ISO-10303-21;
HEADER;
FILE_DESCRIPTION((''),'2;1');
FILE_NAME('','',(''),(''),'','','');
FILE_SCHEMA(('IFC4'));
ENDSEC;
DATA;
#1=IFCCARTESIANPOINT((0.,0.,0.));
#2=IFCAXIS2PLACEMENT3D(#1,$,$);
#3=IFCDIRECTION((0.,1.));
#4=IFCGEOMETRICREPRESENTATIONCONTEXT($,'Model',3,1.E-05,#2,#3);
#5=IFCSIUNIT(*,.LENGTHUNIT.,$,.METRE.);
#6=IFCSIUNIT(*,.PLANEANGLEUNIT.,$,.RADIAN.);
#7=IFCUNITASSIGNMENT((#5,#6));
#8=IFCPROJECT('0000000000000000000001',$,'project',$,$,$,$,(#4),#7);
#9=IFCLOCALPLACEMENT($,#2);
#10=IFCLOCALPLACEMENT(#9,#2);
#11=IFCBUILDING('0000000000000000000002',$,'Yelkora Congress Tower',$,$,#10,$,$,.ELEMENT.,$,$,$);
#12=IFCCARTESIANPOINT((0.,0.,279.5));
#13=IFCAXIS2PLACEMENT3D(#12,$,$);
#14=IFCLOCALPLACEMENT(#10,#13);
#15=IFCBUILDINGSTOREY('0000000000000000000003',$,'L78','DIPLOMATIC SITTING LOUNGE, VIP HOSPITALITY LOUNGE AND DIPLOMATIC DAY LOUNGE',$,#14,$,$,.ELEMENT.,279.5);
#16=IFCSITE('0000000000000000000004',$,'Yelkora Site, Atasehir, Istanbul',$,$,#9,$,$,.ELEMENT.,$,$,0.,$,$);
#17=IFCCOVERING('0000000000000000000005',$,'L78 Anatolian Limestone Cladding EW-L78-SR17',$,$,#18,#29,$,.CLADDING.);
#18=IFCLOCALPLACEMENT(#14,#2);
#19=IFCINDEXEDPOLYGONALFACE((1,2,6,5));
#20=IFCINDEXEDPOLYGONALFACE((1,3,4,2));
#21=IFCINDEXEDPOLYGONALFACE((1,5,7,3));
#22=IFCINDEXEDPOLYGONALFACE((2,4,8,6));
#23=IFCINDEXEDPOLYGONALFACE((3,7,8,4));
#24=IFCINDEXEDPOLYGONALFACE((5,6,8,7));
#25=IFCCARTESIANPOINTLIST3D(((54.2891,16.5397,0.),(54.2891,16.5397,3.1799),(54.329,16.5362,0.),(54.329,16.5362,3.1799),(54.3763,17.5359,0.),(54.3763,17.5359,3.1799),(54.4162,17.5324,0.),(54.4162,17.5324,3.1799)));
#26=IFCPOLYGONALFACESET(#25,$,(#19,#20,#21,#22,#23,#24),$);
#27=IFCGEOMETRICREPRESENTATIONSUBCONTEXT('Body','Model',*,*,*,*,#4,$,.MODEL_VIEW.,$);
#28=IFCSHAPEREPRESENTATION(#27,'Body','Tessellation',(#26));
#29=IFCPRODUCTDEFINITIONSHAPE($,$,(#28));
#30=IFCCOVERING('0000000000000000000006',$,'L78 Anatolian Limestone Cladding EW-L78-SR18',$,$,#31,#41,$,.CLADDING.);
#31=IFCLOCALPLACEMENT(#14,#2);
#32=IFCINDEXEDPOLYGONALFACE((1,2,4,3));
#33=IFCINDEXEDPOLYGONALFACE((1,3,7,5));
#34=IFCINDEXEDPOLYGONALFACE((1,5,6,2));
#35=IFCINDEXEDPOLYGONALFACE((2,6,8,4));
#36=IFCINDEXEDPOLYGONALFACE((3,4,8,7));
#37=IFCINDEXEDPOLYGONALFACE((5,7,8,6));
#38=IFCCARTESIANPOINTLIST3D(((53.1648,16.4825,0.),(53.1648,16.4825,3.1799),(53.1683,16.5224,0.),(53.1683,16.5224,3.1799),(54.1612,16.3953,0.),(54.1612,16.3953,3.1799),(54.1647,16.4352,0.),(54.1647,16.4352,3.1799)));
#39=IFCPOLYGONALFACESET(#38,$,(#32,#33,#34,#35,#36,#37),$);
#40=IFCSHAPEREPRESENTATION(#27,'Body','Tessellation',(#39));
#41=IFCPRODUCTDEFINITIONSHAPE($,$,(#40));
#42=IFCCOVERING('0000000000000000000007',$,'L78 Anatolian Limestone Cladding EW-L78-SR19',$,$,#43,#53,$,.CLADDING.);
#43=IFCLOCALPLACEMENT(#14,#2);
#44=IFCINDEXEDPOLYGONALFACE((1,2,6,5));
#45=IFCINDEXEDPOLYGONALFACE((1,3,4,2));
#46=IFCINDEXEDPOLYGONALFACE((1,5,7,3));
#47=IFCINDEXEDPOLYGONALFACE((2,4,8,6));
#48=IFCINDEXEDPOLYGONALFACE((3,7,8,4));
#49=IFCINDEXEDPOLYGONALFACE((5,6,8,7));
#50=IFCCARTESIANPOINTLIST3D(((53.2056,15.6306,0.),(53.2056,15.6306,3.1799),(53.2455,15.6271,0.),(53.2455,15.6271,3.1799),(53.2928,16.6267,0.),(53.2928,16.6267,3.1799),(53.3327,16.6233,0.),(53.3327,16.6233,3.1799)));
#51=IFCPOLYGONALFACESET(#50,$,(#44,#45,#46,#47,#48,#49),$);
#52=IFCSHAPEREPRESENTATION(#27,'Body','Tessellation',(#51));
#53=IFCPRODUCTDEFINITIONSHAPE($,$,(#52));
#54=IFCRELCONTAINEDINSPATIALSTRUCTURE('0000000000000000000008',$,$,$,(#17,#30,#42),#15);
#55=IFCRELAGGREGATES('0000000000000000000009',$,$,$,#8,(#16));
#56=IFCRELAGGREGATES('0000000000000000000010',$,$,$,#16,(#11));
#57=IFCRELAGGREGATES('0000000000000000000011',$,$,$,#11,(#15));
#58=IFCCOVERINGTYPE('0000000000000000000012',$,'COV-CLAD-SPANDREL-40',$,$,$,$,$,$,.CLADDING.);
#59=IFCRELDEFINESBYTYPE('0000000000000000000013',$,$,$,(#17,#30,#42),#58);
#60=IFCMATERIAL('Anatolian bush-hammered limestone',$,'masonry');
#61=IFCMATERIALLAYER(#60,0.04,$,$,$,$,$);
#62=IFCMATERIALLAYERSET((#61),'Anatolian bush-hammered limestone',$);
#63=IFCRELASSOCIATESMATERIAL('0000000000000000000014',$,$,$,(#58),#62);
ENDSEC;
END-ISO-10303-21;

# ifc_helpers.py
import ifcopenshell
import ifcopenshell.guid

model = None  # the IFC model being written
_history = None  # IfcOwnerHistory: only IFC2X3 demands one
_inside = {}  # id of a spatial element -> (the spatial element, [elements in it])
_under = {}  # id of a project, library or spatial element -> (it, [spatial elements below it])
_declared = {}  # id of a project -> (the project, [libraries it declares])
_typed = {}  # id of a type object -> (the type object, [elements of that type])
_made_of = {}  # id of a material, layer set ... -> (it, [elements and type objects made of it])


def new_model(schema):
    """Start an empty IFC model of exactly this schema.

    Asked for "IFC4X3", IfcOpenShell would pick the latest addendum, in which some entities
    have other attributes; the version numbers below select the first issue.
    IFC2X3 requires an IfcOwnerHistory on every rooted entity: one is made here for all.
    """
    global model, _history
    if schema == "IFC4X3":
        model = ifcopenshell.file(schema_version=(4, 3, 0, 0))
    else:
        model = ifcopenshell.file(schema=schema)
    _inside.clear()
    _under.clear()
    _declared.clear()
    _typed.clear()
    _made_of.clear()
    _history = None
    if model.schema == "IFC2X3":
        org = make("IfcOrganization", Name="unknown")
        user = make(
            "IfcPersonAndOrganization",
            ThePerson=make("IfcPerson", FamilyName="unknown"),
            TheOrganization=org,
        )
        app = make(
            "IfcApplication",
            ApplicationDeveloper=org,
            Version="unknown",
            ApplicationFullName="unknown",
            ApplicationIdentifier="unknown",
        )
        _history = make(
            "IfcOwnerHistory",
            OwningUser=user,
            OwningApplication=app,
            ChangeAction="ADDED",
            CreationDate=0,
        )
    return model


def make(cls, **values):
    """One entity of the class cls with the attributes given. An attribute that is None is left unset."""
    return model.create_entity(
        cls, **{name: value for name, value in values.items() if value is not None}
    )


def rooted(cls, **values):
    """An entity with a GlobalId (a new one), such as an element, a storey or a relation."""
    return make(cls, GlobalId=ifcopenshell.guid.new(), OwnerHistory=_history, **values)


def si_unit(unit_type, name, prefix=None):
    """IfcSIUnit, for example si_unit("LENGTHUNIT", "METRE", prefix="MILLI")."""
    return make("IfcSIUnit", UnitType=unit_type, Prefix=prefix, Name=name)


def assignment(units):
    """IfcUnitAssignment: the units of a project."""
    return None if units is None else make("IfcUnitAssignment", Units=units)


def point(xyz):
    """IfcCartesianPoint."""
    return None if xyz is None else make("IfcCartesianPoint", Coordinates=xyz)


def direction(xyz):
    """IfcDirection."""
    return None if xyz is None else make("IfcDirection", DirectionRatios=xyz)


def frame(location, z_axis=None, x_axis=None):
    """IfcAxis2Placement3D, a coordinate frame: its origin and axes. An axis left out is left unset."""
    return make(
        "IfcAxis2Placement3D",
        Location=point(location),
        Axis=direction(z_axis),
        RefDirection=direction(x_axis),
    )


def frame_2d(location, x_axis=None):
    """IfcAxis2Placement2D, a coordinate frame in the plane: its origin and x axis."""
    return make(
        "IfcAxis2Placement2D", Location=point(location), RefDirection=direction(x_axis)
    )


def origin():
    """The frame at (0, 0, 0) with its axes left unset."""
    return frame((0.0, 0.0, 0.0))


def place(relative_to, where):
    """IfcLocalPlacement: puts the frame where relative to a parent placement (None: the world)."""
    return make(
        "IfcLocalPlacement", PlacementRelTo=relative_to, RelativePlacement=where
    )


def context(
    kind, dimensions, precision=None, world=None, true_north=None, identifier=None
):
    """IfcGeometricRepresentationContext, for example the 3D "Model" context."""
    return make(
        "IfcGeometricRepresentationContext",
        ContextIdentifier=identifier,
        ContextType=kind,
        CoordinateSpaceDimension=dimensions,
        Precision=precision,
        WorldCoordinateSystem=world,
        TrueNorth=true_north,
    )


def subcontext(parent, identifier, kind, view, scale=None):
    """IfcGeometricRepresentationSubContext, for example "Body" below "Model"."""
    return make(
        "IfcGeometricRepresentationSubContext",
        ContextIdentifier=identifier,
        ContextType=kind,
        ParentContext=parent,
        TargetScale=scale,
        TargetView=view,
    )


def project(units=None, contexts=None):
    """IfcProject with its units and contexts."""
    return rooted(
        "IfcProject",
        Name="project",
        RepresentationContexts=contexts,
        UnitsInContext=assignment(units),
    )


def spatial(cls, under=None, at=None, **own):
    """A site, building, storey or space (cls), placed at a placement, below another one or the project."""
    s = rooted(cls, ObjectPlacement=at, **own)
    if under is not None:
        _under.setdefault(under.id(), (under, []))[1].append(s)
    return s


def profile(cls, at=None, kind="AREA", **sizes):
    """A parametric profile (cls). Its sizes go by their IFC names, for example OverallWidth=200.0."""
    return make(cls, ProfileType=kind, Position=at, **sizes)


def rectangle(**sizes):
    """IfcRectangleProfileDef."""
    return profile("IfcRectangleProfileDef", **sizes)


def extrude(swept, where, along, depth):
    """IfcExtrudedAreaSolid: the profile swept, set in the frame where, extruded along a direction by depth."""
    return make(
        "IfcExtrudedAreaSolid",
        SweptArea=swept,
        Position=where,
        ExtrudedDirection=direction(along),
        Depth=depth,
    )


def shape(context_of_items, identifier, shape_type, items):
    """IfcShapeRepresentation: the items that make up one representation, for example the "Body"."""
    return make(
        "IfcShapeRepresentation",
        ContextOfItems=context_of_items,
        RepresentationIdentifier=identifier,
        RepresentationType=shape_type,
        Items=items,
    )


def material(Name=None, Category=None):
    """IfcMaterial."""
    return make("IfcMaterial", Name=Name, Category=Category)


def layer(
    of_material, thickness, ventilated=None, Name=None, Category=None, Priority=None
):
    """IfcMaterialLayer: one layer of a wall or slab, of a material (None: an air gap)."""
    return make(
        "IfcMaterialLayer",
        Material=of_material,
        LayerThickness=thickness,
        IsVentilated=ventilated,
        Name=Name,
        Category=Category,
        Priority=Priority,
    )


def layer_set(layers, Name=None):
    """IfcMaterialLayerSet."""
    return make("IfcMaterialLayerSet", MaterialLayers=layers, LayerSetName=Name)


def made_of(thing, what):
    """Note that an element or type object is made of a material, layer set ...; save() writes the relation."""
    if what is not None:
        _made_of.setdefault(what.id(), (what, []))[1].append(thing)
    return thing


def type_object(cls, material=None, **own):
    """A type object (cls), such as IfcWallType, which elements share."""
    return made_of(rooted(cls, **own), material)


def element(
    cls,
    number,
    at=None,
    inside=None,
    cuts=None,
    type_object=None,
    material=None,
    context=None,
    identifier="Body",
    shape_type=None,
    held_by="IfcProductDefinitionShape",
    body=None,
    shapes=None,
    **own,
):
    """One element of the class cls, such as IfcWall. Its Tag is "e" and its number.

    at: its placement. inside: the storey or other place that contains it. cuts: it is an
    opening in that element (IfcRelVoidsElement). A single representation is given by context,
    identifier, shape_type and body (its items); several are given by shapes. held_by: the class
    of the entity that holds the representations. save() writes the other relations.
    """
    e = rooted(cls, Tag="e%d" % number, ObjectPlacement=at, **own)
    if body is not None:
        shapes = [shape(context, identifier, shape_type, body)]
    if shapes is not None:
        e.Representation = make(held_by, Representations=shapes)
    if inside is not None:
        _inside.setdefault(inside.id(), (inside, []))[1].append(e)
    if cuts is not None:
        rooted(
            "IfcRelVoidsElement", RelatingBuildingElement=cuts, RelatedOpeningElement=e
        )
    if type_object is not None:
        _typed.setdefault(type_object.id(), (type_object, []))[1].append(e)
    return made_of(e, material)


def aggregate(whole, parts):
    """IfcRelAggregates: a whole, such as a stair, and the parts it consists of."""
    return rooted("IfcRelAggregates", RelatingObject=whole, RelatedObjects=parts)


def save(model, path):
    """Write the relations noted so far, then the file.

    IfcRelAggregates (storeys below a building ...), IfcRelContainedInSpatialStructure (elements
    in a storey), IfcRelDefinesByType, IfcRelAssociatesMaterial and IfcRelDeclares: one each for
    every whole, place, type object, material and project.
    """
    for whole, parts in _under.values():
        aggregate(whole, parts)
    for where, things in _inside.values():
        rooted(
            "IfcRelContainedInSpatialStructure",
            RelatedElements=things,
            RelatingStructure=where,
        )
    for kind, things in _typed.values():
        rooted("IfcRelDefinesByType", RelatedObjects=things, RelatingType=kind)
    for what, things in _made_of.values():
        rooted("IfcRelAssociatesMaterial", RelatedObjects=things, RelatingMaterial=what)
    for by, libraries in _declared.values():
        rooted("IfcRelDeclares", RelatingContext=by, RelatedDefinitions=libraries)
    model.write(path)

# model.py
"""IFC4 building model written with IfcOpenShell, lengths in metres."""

from ifc_helpers import new_model, si_unit, direction, frame, frame_2d, origin, place, context, subcontext, project, spatial, rectangle, extrude, material, layer, layer_set, type_object, element, save


model = new_model("IFC4")

# Units and contexts
model_context = context("Model", 3, precision=1e-05, world=origin(), true_north=direction((0.0, 1.0)))
body_context = subcontext(model_context, "Body", "Model", "MODEL_VIEW")
ifc_project = project(units=[si_unit("LENGTHUNIT", "METRE"), si_unit("PLANEANGLEUNIT", "RADIAN")], contexts=[model_context])

# Site, building, storey
site_placement = place(None, origin())
site = spatial("IfcSite", under=ifc_project, at=site_placement, Name="Yelkora Site, Atasehir, Istanbul", CompositionType="ELEMENT", RefElevation=0.0)
building_placement = place(site_placement, origin())
building = spatial("IfcBuilding", under=site, at=building_placement, Name="Yelkora Congress Tower", CompositionType="ELEMENT")
storey_placement = place(building_placement, frame((0.0, 0.0, 279.5)))
storey = spatial("IfcBuildingStorey", under=building, at=storey_placement, Name="L78", Description="DIPLOMATIC SITTING LOUNGE, VIP HOSPITALITY LOUNGE AND DIPLOMATIC DAY LOUNGE", CompositionType="ELEMENT", Elevation=279.5)

# Coverings
ifc_material_1 = material(Name="Anatolian bush-hammered limestone", Category="masonry")
ifc_layer_1 = layer(ifc_material_1, 0.04)
ifc_layer_set_1 = layer_set([ifc_layer_1], Name="Anatolian bush-hammered limestone")
covering_type = type_object("IfcCoveringType", Name="COV-CLAD-SPANDREL-40", PredefinedType="CLADDING", material=ifc_layer_set_1)
for number, where, z_axis, x_axis, name in (
    (1, (54.3962, 17.5342, 0.0), (0.0, 0.0, 1.0), (-0.087167, -0.996194, 0.0), "L78 Anatolian Limestone Cladding EW-L78-SR17"),
):
    element("IfcCovering", number, at=place(storey_placement, frame(where, z_axis=z_axis, x_axis=x_axis)), inside=storey, type_object=covering_type, Name=name, PredefinedType="CLADDING", context=body_context, shape_type="SweptSolid", body=[
        extrude(rectangle(XDim=1.0, YDim=0.04, at=frame_2d((0.5, 0.0))), origin(), (0.0, 0.0, 1.0), 3.1799),
    ])
covering_1_placement = place(storey_placement, frame((54.1628, 16.4153, 0.0), z_axis=(0.0, 0.0, 1.0), x_axis=(-0.996196, 0.087146, 0.0)))
element("IfcCovering", 2, at=covering_1_placement, inside=storey, type_object=covering_type, Name="L78 Anatolian Limestone Cladding EW-L78-SR18", PredefinedType="CLADDING", context=body_context, shape_type="SweptSolid", body=[
    extrude(rectangle(XDim=1.0002, YDim=0.04, at=frame_2d((0.5, 0.0))), origin(), (0.0, 0.0, 1.0), 3.1799),
])
covering_2_placement = place(storey_placement, frame((53.3127, 16.625, 0.0), z_axis=(0.0, 0.0, 1.0), x_axis=(-0.087167, -0.996194, 0.0)))
element("IfcCovering", 3, at=covering_2_placement, inside=storey, type_object=covering_type, Name="L78 Anatolian Limestone Cladding EW-L78-SR19", PredefinedType="CLADDING", context=body_context, shape_type="SweptSolid", body=[
    extrude(rectangle(XDim=1.0, YDim=0.04, at=frame_2d((0.5, 0.0))), origin(), (0.0, 0.0, 1.0), 3.1799),
])

save(model, "model.ifc")
